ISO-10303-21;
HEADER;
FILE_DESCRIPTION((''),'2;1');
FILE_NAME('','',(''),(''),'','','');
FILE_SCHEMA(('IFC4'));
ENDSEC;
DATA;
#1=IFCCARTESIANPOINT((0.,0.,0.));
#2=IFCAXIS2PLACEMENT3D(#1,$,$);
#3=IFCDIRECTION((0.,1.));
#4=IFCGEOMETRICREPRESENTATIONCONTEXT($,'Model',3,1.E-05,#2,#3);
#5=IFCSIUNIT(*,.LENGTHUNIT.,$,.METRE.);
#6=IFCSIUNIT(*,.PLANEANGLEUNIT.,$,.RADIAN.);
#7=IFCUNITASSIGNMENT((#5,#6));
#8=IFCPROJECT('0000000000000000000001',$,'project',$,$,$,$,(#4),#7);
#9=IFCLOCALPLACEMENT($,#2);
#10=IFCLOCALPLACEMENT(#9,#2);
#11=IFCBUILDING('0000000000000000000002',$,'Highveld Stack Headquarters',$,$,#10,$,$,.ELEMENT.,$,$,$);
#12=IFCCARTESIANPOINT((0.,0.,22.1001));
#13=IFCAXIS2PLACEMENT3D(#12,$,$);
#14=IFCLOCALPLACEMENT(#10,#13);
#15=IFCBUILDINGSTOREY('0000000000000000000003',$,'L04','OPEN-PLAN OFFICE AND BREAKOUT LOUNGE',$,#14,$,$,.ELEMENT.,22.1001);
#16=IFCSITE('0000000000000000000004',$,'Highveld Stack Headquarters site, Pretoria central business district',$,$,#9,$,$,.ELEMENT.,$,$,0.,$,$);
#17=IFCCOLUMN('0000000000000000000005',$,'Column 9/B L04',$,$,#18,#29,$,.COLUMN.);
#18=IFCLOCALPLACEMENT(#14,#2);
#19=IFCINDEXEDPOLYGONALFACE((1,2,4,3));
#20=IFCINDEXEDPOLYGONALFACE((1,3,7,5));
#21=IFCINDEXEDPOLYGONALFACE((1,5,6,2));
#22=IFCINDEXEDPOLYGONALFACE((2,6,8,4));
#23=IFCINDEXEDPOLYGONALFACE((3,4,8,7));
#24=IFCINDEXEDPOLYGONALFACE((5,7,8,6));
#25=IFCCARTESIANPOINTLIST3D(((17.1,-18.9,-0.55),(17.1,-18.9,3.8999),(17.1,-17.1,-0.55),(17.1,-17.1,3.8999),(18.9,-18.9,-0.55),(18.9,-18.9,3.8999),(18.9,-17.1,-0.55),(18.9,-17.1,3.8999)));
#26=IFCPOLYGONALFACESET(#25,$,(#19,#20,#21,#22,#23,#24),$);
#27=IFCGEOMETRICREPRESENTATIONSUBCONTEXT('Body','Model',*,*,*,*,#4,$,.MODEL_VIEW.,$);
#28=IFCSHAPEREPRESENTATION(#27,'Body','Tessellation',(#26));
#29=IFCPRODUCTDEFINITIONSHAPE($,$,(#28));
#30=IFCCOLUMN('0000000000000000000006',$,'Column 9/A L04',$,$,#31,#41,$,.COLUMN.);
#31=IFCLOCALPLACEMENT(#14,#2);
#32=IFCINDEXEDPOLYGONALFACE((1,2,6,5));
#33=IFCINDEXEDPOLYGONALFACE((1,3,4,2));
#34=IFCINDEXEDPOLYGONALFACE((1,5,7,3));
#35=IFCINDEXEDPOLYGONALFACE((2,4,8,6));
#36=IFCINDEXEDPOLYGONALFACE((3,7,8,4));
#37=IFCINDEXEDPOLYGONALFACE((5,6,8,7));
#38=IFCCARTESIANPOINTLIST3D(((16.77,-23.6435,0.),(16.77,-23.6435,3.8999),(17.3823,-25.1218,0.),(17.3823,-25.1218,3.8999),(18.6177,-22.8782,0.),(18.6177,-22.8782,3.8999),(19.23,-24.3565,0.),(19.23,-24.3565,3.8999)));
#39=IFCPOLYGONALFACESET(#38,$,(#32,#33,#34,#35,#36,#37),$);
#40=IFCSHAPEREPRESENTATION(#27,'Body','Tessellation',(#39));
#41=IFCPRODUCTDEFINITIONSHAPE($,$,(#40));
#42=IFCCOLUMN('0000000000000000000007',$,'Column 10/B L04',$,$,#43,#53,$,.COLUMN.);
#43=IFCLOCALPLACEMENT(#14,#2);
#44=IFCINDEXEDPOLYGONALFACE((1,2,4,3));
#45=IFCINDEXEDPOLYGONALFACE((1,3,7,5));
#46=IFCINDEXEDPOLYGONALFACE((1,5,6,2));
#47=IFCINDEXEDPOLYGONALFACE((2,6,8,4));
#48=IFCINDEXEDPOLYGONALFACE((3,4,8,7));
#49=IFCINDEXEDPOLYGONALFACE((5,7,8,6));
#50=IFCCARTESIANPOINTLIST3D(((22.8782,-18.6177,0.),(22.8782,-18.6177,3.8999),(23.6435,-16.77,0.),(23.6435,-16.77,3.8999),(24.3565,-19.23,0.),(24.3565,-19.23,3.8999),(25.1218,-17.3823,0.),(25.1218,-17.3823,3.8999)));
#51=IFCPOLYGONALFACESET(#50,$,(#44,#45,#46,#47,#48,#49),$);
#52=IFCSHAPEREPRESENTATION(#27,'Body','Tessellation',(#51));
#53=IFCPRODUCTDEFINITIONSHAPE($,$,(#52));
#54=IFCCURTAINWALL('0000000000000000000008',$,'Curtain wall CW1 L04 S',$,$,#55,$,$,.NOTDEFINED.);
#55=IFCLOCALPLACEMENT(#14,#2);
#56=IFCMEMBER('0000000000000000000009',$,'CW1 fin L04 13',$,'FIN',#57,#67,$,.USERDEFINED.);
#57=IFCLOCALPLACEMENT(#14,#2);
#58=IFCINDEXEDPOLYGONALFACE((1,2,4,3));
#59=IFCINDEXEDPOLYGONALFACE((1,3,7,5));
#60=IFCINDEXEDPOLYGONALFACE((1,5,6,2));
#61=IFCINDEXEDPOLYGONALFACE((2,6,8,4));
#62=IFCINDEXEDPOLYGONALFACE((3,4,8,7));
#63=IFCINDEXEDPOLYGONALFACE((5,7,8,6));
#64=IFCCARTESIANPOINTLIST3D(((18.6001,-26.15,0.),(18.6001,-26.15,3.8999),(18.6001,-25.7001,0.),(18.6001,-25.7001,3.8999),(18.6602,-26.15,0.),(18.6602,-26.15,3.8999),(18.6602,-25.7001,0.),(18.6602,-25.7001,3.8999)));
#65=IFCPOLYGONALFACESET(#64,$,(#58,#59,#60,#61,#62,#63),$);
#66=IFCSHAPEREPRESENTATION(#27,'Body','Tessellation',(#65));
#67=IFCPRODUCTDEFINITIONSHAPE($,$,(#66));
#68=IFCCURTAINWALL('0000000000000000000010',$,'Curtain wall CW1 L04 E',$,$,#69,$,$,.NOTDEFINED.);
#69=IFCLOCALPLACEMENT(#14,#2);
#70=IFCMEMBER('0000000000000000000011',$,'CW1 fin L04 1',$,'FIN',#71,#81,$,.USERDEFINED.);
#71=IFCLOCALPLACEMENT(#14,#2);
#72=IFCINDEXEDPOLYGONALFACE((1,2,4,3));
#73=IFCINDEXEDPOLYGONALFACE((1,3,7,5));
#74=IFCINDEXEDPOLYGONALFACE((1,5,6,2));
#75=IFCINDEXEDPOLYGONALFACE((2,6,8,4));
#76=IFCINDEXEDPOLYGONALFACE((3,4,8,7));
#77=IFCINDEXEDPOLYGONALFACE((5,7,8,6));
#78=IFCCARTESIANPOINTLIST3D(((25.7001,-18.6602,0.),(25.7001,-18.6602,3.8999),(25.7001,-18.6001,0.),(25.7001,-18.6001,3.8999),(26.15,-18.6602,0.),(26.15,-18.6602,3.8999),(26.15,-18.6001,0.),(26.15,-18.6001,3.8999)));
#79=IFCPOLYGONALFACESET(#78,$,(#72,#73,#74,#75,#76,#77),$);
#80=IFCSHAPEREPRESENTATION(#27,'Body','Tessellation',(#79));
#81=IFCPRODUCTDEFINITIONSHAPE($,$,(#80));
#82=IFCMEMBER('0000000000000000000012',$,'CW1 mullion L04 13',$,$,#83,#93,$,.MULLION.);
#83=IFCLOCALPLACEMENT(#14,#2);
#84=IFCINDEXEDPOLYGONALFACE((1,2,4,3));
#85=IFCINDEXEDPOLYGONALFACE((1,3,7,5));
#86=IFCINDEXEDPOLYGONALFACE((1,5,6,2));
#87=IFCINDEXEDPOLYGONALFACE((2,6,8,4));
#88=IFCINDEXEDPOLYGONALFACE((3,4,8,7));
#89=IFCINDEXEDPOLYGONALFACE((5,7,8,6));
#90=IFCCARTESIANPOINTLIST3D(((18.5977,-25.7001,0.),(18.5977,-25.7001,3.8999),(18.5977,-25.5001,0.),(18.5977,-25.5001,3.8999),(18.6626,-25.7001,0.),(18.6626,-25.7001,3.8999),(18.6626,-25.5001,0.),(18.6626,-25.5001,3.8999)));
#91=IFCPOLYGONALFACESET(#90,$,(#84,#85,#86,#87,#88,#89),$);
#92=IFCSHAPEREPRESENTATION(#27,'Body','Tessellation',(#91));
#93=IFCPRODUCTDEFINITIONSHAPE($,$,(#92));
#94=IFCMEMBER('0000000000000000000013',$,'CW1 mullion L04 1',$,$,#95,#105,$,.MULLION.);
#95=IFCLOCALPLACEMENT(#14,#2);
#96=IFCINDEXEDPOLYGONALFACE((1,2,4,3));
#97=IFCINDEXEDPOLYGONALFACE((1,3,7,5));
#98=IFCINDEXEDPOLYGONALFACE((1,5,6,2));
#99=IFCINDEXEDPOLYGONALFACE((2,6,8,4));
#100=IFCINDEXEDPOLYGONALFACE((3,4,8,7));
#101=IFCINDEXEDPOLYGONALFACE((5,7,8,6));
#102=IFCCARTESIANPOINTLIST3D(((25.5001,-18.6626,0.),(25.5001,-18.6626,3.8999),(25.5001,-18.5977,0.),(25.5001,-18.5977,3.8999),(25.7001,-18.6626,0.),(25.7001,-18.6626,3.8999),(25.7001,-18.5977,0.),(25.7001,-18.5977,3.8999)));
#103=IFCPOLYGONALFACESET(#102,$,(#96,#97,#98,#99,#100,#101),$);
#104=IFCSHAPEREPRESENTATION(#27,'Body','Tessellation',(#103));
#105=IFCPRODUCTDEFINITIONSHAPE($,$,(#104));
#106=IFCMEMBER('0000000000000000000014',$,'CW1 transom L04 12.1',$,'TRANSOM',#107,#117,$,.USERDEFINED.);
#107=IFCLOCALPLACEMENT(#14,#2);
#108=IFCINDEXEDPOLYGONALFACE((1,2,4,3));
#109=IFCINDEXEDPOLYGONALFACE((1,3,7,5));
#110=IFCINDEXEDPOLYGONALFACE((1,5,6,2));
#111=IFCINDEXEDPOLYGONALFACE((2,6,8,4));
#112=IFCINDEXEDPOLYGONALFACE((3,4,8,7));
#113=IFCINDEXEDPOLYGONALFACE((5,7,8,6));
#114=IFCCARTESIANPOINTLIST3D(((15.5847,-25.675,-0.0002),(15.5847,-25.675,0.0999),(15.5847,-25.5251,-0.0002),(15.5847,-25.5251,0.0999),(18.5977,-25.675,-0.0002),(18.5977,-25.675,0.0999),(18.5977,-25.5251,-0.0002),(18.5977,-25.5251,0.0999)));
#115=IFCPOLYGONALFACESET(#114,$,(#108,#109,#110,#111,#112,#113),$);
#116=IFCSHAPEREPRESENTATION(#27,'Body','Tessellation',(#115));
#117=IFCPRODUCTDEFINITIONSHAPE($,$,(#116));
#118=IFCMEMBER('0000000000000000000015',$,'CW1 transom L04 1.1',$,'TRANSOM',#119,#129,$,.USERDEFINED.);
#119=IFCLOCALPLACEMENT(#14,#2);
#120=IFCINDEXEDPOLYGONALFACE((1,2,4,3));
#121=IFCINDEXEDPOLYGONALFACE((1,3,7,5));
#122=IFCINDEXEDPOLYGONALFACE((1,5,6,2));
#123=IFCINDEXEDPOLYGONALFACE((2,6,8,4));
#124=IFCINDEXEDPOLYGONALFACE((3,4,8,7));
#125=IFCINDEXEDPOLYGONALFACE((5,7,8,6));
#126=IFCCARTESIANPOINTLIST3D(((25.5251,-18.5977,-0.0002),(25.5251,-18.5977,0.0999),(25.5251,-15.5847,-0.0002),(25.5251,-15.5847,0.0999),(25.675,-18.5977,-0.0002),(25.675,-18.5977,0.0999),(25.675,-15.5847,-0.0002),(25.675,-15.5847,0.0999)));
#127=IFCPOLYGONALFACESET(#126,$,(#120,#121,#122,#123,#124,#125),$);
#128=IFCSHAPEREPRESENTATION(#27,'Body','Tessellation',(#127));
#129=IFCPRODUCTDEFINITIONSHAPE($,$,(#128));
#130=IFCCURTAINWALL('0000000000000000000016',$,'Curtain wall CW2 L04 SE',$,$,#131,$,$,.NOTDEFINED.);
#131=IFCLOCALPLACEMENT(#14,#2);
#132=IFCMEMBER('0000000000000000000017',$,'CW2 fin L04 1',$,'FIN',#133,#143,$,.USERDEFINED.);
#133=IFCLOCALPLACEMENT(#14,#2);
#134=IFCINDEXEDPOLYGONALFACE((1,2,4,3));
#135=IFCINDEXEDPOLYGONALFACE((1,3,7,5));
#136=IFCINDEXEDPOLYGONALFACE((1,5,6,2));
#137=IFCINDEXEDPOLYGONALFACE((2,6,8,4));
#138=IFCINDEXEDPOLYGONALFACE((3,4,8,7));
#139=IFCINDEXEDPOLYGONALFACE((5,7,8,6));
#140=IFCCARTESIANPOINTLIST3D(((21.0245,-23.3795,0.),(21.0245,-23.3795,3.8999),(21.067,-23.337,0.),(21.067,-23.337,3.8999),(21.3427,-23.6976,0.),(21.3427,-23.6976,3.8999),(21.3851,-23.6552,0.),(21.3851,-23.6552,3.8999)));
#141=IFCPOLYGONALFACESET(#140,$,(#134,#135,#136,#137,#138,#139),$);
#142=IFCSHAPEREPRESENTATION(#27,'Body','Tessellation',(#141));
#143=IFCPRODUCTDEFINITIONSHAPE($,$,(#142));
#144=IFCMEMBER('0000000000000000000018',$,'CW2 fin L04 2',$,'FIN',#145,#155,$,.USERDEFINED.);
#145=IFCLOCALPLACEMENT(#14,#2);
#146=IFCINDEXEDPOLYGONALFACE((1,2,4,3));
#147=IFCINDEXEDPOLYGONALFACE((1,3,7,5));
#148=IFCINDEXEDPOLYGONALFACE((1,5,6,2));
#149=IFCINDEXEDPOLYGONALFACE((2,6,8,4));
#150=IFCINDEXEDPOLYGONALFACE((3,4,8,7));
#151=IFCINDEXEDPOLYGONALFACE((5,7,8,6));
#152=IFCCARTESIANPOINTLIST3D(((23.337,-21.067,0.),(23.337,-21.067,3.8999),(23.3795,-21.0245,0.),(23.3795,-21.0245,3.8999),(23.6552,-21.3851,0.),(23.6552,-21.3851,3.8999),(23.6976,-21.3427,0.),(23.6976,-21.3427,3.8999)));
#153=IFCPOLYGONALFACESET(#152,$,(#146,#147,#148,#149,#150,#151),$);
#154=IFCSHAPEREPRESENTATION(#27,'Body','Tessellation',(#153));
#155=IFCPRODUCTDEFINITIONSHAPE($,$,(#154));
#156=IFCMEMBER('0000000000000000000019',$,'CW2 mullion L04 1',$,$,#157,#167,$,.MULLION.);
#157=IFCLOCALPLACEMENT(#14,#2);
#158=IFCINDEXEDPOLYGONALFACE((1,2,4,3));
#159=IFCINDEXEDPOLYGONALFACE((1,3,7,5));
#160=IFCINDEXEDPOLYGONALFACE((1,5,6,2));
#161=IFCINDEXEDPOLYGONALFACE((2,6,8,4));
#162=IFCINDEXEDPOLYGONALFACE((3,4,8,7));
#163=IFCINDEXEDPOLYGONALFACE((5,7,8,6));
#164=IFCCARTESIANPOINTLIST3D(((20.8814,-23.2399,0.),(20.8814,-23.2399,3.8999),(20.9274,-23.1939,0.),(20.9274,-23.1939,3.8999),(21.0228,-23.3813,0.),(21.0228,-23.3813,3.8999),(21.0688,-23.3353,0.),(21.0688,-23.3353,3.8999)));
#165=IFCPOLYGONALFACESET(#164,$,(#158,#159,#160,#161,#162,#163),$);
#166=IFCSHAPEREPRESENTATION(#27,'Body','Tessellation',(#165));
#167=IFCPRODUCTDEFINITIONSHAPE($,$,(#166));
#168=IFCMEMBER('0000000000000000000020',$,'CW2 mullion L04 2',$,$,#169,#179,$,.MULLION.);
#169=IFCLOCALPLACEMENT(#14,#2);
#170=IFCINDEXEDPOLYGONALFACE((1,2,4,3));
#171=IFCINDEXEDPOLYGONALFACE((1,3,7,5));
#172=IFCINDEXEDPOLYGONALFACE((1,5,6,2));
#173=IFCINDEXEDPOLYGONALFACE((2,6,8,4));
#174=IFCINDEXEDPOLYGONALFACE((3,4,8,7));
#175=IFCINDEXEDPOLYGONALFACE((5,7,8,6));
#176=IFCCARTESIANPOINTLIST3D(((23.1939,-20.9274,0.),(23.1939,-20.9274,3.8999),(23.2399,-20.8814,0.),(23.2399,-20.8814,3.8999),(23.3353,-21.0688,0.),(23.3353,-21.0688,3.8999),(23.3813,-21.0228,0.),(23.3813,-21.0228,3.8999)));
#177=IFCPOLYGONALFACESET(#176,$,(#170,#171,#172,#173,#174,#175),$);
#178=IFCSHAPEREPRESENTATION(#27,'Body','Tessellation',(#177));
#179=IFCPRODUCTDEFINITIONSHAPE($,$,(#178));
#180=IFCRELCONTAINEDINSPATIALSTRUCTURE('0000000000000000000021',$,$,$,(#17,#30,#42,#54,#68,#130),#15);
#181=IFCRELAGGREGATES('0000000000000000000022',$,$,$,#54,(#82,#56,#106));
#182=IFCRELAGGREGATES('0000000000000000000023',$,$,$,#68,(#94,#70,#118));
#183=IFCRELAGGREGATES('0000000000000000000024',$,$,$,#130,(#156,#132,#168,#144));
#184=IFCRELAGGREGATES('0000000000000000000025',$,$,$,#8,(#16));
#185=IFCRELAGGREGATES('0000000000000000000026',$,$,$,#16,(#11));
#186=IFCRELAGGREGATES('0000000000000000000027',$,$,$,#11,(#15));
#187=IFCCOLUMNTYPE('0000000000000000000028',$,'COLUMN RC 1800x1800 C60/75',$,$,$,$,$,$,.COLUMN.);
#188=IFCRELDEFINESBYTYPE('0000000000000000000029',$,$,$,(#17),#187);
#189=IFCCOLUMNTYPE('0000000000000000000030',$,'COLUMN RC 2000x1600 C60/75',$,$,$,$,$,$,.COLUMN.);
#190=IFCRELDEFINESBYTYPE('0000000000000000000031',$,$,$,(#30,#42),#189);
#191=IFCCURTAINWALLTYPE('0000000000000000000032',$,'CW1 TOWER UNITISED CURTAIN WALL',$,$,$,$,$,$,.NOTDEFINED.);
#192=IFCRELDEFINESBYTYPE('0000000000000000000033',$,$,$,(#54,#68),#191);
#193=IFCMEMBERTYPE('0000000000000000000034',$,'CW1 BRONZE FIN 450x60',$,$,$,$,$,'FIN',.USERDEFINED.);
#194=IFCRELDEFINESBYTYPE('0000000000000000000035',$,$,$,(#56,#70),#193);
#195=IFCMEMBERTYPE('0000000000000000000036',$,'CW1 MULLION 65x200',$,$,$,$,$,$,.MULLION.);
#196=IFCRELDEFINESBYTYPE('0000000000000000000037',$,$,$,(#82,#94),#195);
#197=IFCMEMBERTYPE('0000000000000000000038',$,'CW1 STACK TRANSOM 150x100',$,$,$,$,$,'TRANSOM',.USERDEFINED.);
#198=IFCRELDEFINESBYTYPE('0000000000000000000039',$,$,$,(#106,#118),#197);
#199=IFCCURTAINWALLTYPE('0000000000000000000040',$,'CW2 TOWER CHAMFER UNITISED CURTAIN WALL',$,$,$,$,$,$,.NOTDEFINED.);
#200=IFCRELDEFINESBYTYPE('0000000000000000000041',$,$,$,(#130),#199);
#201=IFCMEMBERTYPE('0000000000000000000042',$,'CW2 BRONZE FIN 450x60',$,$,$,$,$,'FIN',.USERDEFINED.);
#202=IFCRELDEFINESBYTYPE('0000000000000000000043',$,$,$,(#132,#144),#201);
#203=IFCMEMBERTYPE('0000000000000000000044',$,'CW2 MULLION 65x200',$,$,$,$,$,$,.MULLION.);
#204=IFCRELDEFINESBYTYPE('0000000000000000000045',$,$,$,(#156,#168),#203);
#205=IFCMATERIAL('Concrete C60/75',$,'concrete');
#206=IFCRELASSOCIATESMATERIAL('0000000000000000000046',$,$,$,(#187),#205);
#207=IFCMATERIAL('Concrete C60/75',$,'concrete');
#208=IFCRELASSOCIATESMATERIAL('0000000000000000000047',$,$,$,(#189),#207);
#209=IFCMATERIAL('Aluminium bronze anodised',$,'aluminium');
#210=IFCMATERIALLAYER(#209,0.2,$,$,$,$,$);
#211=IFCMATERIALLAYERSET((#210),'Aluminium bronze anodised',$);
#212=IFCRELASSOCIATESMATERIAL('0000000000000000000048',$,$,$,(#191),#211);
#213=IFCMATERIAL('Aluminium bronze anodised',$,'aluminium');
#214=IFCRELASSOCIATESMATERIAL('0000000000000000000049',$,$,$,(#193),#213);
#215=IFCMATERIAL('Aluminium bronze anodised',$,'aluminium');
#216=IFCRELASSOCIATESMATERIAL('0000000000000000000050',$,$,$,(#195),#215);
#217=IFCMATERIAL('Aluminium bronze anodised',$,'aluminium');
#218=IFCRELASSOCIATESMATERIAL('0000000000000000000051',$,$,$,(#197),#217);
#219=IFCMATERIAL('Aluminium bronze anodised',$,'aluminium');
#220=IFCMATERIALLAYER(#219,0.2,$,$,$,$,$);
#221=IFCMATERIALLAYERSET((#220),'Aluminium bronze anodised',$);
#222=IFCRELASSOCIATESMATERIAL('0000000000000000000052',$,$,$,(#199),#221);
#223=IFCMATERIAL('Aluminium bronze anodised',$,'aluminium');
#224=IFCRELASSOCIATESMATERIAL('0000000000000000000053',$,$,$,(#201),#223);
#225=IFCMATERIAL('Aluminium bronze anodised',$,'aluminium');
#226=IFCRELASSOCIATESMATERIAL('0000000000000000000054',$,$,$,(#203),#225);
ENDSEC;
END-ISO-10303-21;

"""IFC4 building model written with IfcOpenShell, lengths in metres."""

from ifc_helpers import new_model, si_unit, direction, frame, origin, origin_2d, place, context, subcontext, project, spatial, rectangle, extrude, material, layer, layer_set, material_profile, profile_set, type_object, element, aggregate, save


model = new_model("IFC4")

# Units and contexts
model_context = context("Model", 3, precision=1e-05, world=origin(), true_north=direction((0.0, 1.0)))
body_context = subcontext(model_context, "Body", "Model", "MODEL_VIEW")
ifc_project = project(units=[si_unit("LENGTHUNIT", "METRE"), si_unit("PLANEANGLEUNIT", "RADIAN")], contexts=[model_context])

# Site, building, storey
site_placement = place(None, origin())
site = spatial("IfcSite", under=ifc_project, at=site_placement, Name="Highveld Stack Headquarters site, Pretoria central business district", CompositionType="ELEMENT", RefElevation=0.0)
building_placement = place(site_placement, origin())
building = spatial("IfcBuilding", under=site, at=building_placement, Name="Highveld Stack Headquarters", CompositionType="ELEMENT")
storey_placement = place(building_placement, frame((0.0, 0.0, 22.1001)))
storey = spatial("IfcBuildingStorey", under=building, at=storey_placement, Name="L04", Description="OPEN-PLAN OFFICE AND BREAKOUT LOUNGE", CompositionType="ELEMENT", Elevation=22.1001)

# Columns
ifc_material_1 = material(Name="Concrete C60/75", Category="concrete")
ifc_material_profile_1 = material_profile(ifc_material_1, rectangle(XDim=1.8, YDim=1.8, at=origin_2d()), Name="RC 1800x1800")
ifc_profile_set_1 = profile_set([ifc_material_profile_1], Name="Concrete C60/75")
column_type_1 = type_object("IfcColumnType", Name="COLUMN RC 1800x1800 C60/75", PredefinedType="COLUMN", material=ifc_profile_set_1)
column_placement = place(storey_placement, frame((18.0, -18.0, -0.55), z_axis=(0.0, 0.0, 1.0), x_axis=(1.0, 0.0, 0.0)))
element("IfcColumn", 1, at=column_placement, inside=storey, type_object=column_type_1, Name="Column 9/B L04", PredefinedType="COLUMN", context=body_context, shape_type="SweptSolid", body=[
    extrude(rectangle(XDim=1.8, YDim=1.8, at=origin_2d()), origin(), (0.0, 0.0, 1.0), 4.45),
])
ifc_material_2 = material(Name="Concrete C60/75", Category="concrete")
ifc_material_profile_2 = material_profile(ifc_material_2, rectangle(XDim=2.0, YDim=1.6001, at=origin_2d()), Name="RC 2000x1600")
ifc_profile_set_2 = profile_set([ifc_material_profile_2], Name="Concrete C60/75")
column_type_2 = type_object("IfcColumnType", Name="COLUMN RC 2000x1600 C60/75", PredefinedType="COLUMN", material=ifc_profile_set_2)
for number, where, z_axis, x_axis, name in (
    (2, (18.0, -24.0, 0.0), (0.0, 0.0, 1.0), (-0.92388, -0.382683, 0.0), "Column 9/A L04"),
    (3, (24.0, -18.0, 0.0), (0.0, 0.0, 1.0), (-0.382683, -0.92388, 0.0), "Column 10/B L04"),
):
    element("IfcColumn", number, at=place(storey_placement, frame(where, z_axis=z_axis, x_axis=x_axis)), inside=storey, type_object=column_type_2, Name=name, PredefinedType="COLUMN", context=body_context, shape_type="SweptSolid", body=[
        extrude(rectangle(XDim=2.0, YDim=1.6001, at=origin_2d()), origin(), (0.0, 0.0, 1.0), 3.8999),
    ])

# Curtain walls, members
ifc_material_3 = material(Name="Aluminium bronze anodised", Category="aluminium")
ifc_layer_1 = layer(ifc_material_3, 0.2)
ifc_layer_set_1 = layer_set([ifc_layer_1], Name="Aluminium bronze anodised")
curtain_wall_type_1 = type_object("IfcCurtainWallType", Name="CW1 TOWER UNITISED CURTAIN WALL", PredefinedType="NOTDEFINED", material=ifc_layer_set_1)
curtain_wall_1_placement = place(storey_placement, origin())
curtain_wall_1 = element("IfcCurtainWall", 4, at=curtain_wall_1_placement, inside=storey, type_object=curtain_wall_type_1, Name="Curtain wall CW1 L04 S", PredefinedType="NOTDEFINED")
ifc_material_4 = material(Name="Aluminium bronze anodised", Category="aluminium")
ifc_material_profile_3 = material_profile(ifc_material_4, rectangle(XDim=0.45, YDim=0.0601, at=origin_2d()), Name="FIN 450x60")
ifc_profile_set_3 = profile_set([ifc_material_profile_3], Name="Aluminium bronze anodised")
member_type_1 = type_object("IfcMemberType", Name="CW1 BRONZE FIN 450x60", ElementType="FIN", PredefinedType="USERDEFINED", material=ifc_profile_set_3)
member_1_placement = place(storey_placement, frame((18.6301, -25.925, 0.0), z_axis=(0.0, 0.0, 1.0), x_axis=(0.0, 1.0, 0.0)))
member_1 = element("IfcMember", 5, at=member_1_placement, type_object=member_type_1, Name="CW1 fin L04 13", ObjectType="FIN", PredefinedType="USERDEFINED", context=body_context, shape_type="SweptSolid", body=[
    extrude(rectangle(XDim=0.45, YDim=0.0601, at=origin_2d()), origin(), (0.0, 0.0, 1.0), 3.8999),
])
curtain_wall_2_placement = place(storey_placement, origin())
curtain_wall_2 = element("IfcCurtainWall", 6, at=curtain_wall_2_placement, inside=storey, type_object=curtain_wall_type_1, Name="Curtain wall CW1 L04 E", PredefinedType="NOTDEFINED")
member_2_placement = place(storey_placement, frame((25.925, -18.6301, 0.0), z_axis=(0.0, 0.0, 1.0), x_axis=(-1.0, 0.0, 0.0)))
member_2 = element("IfcMember", 7, at=member_2_placement, type_object=member_type_1, Name="CW1 fin L04 1", ObjectType="FIN", PredefinedType="USERDEFINED", context=body_context, shape_type="SweptSolid", body=[
    extrude(rectangle(XDim=0.45, YDim=0.0601, at=origin_2d()), origin(), (0.0, 0.0, 1.0), 3.8999),
])

# Members
ifc_material_5 = material(Name="Aluminium bronze anodised", Category="aluminium")
ifc_material_profile_4 = material_profile(ifc_material_5, rectangle(XDim=0.2, YDim=0.0649, at=origin_2d()), Name="CW1 MULLION 65x200")
ifc_profile_set_4 = profile_set([ifc_material_profile_4], Name="Aluminium bronze anodised")
member_type_2 = type_object("IfcMemberType", Name="CW1 MULLION 65x200", PredefinedType="MULLION", material=ifc_profile_set_4)
member_3_placement = place(storey_placement, frame((18.6301, -25.6001, 0.0), z_axis=(0.0, 0.0, 1.0), x_axis=(0.0, 1.0, 0.0)))
member_3 = element("IfcMember", 8, at=member_3_placement, type_object=member_type_2, Name="CW1 mullion L04 13", PredefinedType="MULLION", context=body_context, shape_type="SweptSolid", body=[
    extrude(rectangle(XDim=0.2, YDim=0.0649, at=origin_2d()), origin(), (0.0, 0.0, 1.0), 3.8999),
])
member_4_placement = place(storey_placement, frame((25.6001, -18.6301, 0.0), z_axis=(0.0, 0.0, 1.0), x_axis=(-1.0, 0.0, 0.0)))
member_4 = element("IfcMember", 9, at=member_4_placement, type_object=member_type_2, Name="CW1 mullion L04 1", PredefinedType="MULLION", context=body_context, shape_type="SweptSolid", body=[
    extrude(rectangle(XDim=0.2, YDim=0.0649, at=origin_2d()), origin(), (0.0, 0.0, 1.0), 3.8999),
])
ifc_material_6 = material(Name="Aluminium bronze anodised", Category="aluminium")
ifc_material_profile_5 = material_profile(ifc_material_6, rectangle(XDim=0.1499, YDim=0.1001, at=origin_2d()), Name="CW1 TRANSOM 150x100")
ifc_profile_set_5 = profile_set([ifc_material_profile_5], Name="Aluminium bronze anodised")
member_type_3 = type_object("IfcMemberType", Name="CW1 STACK TRANSOM 150x100", ElementType="TRANSOM", PredefinedType="USERDEFINED", material=ifc_profile_set_5)
member_5_placement = place(storey_placement, frame((15.5847, -25.6001, 0.0498), z_axis=(1.0, 0.0, 0.0), x_axis=(0.0, 1.0, 0.0)))
member_5 = element("IfcMember", 10, at=member_5_placement, type_object=member_type_3, Name="CW1 transom L04 12.1", ObjectType="TRANSOM", PredefinedType="USERDEFINED", context=body_context, shape_type="SweptSolid", body=[
    extrude(rectangle(XDim=0.1499, YDim=0.1001, at=origin_2d()), origin(), (0.0, 0.0, 1.0), 3.0129),
])
member_6_placement = place(storey_placement, frame((25.6001, -18.5977, 0.0498), z_axis=(0.0, 1.0, 0.0), x_axis=(-1.0, 0.0, 0.0)))
member_6 = element("IfcMember", 11, at=member_6_placement, type_object=member_type_3, Name="CW1 transom L04 1.1", ObjectType="TRANSOM", PredefinedType="USERDEFINED", context=body_context, shape_type="SweptSolid", body=[
    extrude(rectangle(XDim=0.1499, YDim=0.1001, at=origin_2d()), origin(), (0.0, 0.0, 1.0), 3.0129),
])

# Curtain wall, members
ifc_material_7 = material(Name="Aluminium bronze anodised", Category="aluminium")
ifc_layer_2 = layer(ifc_material_7, 0.2)
ifc_layer_set_2 = layer_set([ifc_layer_2], Name="Aluminium bronze anodised")
curtain_wall_type_2 = type_object("IfcCurtainWallType", Name="CW2 TOWER CHAMFER UNITISED CURTAIN WALL", PredefinedType="NOTDEFINED", material=ifc_layer_set_2)
curtain_wall_3_placement = place(storey_placement, origin())
curtain_wall_3 = element("IfcCurtainWall", 12, at=curtain_wall_3_placement, inside=storey, type_object=curtain_wall_type_2, Name="Curtain wall CW2 L04 SE", PredefinedType="NOTDEFINED")
ifc_material_8 = material(Name="Aluminium bronze anodised", Category="aluminium")
ifc_material_profile_6 = material_profile(ifc_material_8, rectangle(XDim=0.45, YDim=0.0601, at=origin_2d()), Name="FIN 450x60")
ifc_profile_set_6 = profile_set([ifc_material_profile_6], Name="Aluminium bronze anodised")
member_type_4 = type_object("IfcMemberType", Name="CW2 BRONZE FIN 450x60", ElementType="FIN", PredefinedType="USERDEFINED", material=ifc_profile_set_6)
member_7_placement = place(storey_placement, frame((21.2048, -23.5173, 0.0), z_axis=(0.0, 0.0, 1.0), x_axis=(-0.707107, 0.707107, 0.0)))
member_7 = element("IfcMember", 13, at=member_7_placement, type_object=member_type_4, Name="CW2 fin L04 1", ObjectType="FIN", PredefinedType="USERDEFINED", context=body_context, shape_type="SweptSolid", body=[
    extrude(rectangle(XDim=0.45, YDim=0.0601, at=origin_2d()), origin(), (0.0, 0.0, 1.0), 3.8999),
])
member_8_placement = place(storey_placement, frame((23.5173, -21.2048, 0.0), z_axis=(0.0, 0.0, 1.0), x_axis=(-0.707107, 0.707107, 0.0)))
member_8 = element("IfcMember", 14, at=member_8_placement, type_object=member_type_4, Name="CW2 fin L04 2", ObjectType="FIN", PredefinedType="USERDEFINED", context=body_context, shape_type="SweptSolid", body=[
    extrude(rectangle(XDim=0.45, YDim=0.0601, at=origin_2d()), origin(), (0.0, 0.0, 1.0), 3.8999),
])
ifc_material_9 = material(Name="Aluminium bronze anodised", Category="aluminium")
ifc_material_profile_7 = material_profile(ifc_material_9, rectangle(XDim=0.2, YDim=0.0649, at=origin_2d()), Name="CW2 MULLION 65x200")
ifc_profile_set_7 = profile_set([ifc_material_profile_7], Name="Aluminium bronze anodised")
member_type_5 = type_object("IfcMemberType", Name="CW2 MULLION 65x200", PredefinedType="MULLION", material=ifc_profile_set_7)
member_9_placement = place(storey_placement, frame((20.9751, -23.2876, 0.0), z_axis=(0.0, 0.0, 1.0), x_axis=(-0.707107, 0.707107, 0.0)))
member_9 = element("IfcMember", 15, at=member_9_placement, type_object=member_type_5, Name="CW2 mullion L04 1", PredefinedType="MULLION", context=body_context, shape_type="SweptSolid", body=[
    extrude(rectangle(XDim=0.2, YDim=0.0649, at=origin_2d()), origin(), (0.0, 0.0, 1.0), 3.8999),
])
member_10_placement = place(storey_placement, frame((23.2876, -20.9751, 0.0), z_axis=(0.0, 0.0, 1.0), x_axis=(-0.707107, 0.707107, 0.0)))
member_10 = element("IfcMember", 16, at=member_10_placement, type_object=member_type_5, Name="CW2 mullion L04 2", PredefinedType="MULLION", context=body_context, shape_type="SweptSolid", body=[
    extrude(rectangle(XDim=0.2, YDim=0.0649, at=origin_2d()), origin(), (0.0, 0.0, 1.0), 3.8999),
])

aggregate(curtain_wall_1, [member_3, member_1, member_5])
aggregate(curtain_wall_2, [member_4, member_2, member_6])
aggregate(curtain_wall_3, [member_9, member_7, member_10, member_8])

save(model, "model.ifc")
